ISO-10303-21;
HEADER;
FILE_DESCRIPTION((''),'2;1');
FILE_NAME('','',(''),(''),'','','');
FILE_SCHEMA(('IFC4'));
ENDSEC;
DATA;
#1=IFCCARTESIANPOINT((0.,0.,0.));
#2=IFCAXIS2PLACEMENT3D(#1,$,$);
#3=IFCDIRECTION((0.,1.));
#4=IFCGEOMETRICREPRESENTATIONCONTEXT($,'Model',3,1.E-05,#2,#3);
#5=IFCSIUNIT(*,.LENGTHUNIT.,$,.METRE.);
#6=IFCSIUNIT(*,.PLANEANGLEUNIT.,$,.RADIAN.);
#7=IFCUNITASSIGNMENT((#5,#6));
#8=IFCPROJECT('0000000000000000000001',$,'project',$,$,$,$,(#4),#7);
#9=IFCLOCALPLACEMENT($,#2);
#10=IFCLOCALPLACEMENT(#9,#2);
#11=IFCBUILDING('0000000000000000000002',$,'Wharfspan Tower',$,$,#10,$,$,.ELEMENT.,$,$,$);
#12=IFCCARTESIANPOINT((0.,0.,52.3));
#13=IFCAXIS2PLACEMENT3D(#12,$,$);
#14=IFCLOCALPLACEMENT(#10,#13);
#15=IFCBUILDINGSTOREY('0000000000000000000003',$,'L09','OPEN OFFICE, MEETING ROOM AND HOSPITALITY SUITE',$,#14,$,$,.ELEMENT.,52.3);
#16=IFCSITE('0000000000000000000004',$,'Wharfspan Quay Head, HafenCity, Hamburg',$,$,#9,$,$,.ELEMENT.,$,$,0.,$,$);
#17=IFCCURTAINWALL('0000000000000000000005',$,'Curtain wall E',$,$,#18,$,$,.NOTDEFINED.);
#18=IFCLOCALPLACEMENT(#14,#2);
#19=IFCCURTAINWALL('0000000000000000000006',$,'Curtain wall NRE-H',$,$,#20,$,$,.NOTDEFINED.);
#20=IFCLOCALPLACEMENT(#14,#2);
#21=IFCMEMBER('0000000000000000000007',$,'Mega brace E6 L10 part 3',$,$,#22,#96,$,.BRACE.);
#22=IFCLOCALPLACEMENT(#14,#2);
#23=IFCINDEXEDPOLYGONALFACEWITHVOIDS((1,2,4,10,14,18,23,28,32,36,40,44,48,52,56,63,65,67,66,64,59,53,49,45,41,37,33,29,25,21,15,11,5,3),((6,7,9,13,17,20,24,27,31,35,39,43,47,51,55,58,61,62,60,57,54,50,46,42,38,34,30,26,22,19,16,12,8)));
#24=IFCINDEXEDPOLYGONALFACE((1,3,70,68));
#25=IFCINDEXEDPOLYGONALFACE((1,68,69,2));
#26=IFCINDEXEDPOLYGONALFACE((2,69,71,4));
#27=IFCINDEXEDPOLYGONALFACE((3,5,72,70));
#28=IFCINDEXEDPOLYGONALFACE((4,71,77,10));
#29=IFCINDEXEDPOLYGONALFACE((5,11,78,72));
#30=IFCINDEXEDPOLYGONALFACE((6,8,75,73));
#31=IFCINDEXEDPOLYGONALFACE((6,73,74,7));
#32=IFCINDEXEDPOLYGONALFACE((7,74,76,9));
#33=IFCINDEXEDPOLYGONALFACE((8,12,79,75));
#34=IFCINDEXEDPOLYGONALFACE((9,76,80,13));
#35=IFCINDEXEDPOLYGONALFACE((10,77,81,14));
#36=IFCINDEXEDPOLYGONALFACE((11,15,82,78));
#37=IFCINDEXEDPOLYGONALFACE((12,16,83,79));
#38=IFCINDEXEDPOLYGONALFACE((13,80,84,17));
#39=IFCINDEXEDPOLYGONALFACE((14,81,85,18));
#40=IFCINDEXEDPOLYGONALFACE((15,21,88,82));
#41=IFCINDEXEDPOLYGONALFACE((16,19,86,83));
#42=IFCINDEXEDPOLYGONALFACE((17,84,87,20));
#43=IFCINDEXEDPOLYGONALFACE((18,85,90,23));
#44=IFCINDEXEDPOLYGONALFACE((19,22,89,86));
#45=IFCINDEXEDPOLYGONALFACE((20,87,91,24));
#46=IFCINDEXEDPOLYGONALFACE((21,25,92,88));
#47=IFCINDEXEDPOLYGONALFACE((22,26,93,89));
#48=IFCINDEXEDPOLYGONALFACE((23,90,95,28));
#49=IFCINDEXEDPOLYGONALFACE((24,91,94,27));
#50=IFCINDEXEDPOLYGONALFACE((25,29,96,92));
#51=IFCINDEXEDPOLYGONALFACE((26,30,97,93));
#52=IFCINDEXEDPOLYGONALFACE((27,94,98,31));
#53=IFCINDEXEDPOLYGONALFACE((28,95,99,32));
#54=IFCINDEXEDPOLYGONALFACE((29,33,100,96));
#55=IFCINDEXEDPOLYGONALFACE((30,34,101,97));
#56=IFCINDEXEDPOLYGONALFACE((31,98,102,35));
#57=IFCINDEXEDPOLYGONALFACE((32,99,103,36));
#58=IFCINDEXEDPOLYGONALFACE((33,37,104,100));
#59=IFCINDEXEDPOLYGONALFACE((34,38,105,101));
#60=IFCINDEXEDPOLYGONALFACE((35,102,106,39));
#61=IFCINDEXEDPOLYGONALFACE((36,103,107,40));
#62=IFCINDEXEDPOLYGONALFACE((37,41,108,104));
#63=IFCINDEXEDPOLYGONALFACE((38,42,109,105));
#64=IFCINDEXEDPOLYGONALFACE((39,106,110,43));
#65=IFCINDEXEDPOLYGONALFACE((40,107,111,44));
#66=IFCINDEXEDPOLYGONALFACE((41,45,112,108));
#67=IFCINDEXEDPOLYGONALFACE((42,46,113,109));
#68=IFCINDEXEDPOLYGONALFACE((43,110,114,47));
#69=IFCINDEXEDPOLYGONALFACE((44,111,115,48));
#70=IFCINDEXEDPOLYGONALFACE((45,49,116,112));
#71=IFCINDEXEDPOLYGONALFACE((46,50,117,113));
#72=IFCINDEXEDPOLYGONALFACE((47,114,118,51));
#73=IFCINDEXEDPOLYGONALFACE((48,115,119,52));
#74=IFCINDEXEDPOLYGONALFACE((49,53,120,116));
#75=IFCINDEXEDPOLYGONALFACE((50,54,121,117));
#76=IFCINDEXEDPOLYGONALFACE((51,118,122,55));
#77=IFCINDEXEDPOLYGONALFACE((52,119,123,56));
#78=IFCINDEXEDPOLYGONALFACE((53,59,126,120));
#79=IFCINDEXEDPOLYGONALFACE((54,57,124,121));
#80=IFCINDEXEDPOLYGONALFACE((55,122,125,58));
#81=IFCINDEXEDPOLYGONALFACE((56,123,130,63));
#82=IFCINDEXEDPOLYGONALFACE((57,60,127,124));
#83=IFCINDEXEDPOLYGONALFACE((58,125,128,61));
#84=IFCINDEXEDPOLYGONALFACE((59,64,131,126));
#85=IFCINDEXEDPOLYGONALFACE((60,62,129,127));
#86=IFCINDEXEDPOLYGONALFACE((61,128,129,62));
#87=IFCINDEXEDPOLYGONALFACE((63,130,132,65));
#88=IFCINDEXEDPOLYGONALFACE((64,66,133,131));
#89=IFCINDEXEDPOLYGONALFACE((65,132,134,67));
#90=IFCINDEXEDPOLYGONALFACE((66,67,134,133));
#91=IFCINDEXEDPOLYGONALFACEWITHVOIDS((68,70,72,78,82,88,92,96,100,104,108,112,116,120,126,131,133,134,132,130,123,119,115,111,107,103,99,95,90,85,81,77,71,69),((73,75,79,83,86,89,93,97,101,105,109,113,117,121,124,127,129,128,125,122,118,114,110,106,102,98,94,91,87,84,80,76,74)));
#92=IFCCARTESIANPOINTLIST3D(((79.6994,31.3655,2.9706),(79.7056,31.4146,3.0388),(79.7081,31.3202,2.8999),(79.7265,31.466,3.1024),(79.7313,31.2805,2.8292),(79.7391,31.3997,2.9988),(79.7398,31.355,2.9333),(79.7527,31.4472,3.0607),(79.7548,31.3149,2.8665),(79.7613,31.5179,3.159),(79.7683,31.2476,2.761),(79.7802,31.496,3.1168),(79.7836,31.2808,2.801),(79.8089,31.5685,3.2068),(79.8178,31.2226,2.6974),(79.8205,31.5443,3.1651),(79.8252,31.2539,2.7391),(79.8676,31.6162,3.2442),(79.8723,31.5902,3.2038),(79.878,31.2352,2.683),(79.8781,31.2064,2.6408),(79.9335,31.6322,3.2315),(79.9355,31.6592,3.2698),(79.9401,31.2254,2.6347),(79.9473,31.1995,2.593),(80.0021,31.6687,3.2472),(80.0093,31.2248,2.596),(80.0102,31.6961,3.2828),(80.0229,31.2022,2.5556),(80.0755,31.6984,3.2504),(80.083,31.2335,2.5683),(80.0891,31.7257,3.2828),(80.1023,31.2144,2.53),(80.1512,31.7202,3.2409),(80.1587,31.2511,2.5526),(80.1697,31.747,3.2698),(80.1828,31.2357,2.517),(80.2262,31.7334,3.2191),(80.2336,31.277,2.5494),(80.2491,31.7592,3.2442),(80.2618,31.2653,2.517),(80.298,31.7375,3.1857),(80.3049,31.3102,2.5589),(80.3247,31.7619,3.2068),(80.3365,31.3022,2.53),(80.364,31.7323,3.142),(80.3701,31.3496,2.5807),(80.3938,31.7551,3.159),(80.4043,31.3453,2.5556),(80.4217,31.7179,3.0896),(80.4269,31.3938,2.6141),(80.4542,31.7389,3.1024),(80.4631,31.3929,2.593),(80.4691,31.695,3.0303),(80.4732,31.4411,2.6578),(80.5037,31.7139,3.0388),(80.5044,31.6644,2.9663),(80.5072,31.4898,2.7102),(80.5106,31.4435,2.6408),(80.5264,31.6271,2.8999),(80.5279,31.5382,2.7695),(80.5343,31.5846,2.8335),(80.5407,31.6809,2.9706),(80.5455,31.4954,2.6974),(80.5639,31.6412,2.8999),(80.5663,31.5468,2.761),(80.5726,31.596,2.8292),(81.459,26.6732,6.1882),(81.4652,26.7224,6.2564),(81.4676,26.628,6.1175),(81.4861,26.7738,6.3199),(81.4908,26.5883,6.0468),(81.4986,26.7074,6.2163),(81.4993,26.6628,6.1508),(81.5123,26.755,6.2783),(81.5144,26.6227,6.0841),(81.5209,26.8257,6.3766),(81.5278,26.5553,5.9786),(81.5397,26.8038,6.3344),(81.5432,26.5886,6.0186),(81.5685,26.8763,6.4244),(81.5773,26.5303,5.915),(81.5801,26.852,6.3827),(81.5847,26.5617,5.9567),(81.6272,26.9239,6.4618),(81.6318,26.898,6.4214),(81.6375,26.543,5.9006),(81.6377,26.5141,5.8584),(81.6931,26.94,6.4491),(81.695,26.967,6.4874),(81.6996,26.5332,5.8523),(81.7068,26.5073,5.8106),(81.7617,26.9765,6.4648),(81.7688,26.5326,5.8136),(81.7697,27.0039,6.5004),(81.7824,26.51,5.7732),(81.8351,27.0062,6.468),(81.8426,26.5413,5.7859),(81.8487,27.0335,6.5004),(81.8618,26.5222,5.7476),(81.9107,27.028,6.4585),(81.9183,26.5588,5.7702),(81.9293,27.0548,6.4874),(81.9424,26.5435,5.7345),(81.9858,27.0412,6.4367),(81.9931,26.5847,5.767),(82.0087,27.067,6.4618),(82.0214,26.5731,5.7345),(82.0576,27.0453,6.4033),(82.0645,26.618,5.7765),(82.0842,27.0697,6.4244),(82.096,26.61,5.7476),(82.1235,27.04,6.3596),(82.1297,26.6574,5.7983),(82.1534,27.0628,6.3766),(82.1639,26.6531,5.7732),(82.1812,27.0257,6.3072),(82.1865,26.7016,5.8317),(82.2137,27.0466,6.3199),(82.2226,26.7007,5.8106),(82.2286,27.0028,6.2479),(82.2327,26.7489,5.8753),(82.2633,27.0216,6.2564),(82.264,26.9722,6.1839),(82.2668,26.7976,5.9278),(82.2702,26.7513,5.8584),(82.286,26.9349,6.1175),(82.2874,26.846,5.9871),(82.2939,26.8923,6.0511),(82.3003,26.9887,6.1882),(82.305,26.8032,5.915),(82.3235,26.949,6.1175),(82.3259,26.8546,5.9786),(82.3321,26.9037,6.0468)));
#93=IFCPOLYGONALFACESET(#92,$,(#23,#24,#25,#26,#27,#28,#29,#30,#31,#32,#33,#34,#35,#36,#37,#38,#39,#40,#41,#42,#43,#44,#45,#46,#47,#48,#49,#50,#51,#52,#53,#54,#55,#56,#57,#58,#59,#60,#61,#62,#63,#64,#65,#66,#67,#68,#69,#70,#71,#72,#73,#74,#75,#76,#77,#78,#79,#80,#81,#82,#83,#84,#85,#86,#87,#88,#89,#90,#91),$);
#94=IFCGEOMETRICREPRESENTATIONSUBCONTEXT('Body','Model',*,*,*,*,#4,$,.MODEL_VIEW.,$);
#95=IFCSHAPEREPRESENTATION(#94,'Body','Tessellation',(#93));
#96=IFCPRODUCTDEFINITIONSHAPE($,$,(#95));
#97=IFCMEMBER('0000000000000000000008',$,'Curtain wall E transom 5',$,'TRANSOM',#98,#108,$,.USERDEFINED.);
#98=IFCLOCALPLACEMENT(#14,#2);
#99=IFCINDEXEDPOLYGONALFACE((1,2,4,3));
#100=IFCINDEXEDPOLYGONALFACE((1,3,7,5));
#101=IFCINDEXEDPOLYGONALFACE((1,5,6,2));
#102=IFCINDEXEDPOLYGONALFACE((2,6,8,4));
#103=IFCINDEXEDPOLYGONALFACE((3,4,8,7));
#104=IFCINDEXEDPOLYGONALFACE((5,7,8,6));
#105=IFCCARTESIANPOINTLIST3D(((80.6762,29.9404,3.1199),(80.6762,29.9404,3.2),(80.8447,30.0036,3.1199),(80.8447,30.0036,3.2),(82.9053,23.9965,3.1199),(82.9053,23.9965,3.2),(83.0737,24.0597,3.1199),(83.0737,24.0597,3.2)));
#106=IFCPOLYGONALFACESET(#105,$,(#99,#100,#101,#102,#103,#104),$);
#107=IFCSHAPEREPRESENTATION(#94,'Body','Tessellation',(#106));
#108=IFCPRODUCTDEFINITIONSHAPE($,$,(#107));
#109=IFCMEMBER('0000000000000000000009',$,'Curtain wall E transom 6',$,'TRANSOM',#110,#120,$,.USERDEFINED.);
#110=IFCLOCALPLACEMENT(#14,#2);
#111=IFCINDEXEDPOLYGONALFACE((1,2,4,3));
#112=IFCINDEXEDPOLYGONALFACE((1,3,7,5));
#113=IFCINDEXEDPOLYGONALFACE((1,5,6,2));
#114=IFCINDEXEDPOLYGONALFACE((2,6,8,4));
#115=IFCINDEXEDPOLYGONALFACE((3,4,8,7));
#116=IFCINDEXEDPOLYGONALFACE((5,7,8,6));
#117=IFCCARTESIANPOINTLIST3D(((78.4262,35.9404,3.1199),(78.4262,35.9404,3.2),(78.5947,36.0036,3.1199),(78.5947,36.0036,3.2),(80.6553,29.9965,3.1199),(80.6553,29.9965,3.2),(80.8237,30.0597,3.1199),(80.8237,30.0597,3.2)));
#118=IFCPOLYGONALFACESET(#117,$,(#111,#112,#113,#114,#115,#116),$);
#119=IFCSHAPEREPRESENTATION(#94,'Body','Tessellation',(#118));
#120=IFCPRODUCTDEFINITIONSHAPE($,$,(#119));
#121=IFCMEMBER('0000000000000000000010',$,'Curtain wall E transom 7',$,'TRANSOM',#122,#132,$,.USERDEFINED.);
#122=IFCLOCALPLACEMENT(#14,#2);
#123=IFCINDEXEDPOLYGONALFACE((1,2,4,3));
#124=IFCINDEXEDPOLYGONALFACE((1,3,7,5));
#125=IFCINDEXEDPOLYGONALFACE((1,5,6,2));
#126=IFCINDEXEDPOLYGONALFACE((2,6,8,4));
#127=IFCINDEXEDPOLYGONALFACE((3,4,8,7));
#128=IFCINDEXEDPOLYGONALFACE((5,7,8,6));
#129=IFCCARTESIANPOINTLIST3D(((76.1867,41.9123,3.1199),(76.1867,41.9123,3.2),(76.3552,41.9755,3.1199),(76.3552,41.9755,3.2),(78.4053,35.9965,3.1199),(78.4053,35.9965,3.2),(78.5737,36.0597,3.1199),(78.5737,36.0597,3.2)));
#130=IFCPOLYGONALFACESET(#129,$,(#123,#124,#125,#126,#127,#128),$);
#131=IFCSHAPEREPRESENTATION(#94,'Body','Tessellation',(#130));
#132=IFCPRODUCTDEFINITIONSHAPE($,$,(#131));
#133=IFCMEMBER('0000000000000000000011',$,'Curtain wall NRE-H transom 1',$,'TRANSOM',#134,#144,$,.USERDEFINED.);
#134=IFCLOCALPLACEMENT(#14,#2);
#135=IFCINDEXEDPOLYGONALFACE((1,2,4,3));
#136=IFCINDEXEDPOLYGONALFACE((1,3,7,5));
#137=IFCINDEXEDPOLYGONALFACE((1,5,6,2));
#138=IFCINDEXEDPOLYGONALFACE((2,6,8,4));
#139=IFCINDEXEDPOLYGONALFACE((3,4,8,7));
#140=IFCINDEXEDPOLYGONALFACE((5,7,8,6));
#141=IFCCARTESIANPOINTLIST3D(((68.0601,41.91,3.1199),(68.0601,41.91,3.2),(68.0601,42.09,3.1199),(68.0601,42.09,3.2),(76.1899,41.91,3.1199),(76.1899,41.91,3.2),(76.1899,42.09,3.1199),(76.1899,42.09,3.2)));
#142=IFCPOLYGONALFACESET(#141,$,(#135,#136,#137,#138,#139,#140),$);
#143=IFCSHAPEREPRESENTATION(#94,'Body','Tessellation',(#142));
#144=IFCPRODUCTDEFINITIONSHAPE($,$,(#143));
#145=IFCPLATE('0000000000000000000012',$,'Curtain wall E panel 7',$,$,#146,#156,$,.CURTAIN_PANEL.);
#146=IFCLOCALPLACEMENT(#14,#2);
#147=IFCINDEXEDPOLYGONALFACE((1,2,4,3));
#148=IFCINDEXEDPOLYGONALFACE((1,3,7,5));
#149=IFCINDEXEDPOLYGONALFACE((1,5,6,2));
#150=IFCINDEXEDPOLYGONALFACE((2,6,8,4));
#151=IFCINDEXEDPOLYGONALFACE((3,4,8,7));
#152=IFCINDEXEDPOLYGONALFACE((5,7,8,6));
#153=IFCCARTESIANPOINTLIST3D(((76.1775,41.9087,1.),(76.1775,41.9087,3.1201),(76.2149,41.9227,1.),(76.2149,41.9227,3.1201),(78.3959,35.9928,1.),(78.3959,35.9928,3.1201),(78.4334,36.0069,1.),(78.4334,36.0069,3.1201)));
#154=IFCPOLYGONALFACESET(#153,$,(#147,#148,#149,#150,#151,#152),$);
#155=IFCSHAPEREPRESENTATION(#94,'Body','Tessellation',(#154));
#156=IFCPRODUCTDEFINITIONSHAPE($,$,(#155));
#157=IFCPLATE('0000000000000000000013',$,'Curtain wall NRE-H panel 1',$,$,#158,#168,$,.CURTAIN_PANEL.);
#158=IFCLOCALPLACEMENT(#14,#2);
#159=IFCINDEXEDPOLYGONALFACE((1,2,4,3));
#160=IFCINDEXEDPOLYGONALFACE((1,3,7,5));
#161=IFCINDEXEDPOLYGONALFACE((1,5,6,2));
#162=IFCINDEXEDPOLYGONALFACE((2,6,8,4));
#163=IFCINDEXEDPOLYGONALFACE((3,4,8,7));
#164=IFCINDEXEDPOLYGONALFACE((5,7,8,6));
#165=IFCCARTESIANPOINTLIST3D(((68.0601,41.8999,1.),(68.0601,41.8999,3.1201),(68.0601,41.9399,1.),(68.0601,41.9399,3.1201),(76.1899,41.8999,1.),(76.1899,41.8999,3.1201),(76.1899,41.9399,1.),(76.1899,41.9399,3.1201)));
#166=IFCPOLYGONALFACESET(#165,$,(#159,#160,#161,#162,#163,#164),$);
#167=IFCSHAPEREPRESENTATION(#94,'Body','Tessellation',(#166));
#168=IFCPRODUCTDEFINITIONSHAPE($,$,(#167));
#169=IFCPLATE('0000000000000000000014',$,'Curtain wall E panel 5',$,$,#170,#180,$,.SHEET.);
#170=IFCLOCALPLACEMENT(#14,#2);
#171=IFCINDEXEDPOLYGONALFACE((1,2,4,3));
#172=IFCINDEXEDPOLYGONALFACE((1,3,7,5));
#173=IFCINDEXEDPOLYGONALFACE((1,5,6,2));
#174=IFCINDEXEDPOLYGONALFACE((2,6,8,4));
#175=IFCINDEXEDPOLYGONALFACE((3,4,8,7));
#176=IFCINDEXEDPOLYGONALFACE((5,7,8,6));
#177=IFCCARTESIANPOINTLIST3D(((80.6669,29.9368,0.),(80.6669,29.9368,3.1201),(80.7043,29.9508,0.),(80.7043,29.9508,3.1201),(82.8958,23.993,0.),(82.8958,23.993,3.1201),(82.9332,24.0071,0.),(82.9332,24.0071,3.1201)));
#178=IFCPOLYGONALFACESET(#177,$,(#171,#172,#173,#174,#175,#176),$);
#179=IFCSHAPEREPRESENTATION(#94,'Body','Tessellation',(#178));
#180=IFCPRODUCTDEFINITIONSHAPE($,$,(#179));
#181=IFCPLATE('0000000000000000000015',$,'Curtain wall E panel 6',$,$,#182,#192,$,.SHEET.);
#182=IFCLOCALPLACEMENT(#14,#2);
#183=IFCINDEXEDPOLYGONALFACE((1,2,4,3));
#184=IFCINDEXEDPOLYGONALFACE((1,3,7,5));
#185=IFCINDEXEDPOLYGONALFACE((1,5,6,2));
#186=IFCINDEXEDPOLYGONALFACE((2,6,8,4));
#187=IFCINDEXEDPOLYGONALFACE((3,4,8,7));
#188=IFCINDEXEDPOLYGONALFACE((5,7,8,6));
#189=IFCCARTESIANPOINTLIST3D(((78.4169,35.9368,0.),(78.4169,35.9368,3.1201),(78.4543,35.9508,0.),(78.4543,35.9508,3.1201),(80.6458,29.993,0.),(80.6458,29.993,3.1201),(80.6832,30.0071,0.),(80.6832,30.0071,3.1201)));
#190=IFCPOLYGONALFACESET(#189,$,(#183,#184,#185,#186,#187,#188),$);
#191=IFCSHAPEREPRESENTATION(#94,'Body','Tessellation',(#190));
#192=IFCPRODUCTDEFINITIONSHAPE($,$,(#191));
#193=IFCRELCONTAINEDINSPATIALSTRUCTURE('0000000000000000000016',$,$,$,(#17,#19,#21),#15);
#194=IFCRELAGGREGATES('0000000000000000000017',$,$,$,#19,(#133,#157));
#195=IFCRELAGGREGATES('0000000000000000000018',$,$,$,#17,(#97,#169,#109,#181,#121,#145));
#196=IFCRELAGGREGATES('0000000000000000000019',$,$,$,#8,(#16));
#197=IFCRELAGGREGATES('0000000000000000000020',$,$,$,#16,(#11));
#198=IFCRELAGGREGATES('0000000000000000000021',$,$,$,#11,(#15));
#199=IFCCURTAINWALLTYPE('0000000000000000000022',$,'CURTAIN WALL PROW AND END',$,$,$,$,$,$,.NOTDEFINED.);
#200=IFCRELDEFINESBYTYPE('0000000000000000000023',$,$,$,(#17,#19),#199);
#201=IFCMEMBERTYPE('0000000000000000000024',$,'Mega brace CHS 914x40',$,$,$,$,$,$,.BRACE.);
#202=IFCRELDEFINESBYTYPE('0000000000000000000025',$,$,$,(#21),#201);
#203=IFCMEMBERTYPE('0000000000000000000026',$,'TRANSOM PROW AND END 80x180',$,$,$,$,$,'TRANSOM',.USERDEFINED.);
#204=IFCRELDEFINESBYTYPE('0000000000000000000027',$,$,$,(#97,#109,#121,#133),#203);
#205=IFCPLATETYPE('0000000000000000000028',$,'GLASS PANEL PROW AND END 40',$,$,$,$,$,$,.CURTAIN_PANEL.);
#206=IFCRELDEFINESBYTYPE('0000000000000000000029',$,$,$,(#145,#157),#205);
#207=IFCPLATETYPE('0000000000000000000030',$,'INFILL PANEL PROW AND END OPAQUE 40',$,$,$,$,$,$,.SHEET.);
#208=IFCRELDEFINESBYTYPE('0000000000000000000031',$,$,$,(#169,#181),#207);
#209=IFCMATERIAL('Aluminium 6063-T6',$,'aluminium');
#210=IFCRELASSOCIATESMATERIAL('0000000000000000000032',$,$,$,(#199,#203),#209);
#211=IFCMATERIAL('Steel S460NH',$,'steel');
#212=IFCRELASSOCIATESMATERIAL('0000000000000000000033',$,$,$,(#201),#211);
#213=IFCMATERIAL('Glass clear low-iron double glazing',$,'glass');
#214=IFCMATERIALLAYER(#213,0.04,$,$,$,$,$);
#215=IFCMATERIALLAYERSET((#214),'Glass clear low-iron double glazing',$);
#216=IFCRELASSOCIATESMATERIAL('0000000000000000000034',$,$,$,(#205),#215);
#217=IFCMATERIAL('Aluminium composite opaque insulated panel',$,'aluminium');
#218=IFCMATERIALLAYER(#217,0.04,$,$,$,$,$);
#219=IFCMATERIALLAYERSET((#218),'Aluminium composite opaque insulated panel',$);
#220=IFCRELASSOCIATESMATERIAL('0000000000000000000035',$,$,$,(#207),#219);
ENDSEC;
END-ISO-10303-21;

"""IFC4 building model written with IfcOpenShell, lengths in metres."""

from ifc_helpers import new_model, si_unit, direction, frame, origin, origin_2d, place, context, subcontext, project, spatial, rectangle, hollow_circle, extrude, material, layer, layer_set, material_profile, profile_set, type_object, element, aggregate, save


model = new_model("IFC4")

# Units and contexts
model_context = context("Model", 3, precision=1e-05, world=origin(), true_north=direction((0.0, 1.0)))
body_context = subcontext(model_context, "Body", "Model", "MODEL_VIEW")
ifc_project = project(units=[si_unit("LENGTHUNIT", "METRE"), si_unit("PLANEANGLEUNIT", "RADIAN")], contexts=[model_context])

# Site, building, storey
site_placement = place(None, origin())
site = spatial("IfcSite", under=ifc_project, at=site_placement, Name="Wharfspan Quay Head, HafenCity, Hamburg", CompositionType="ELEMENT", RefElevation=0.0)
building_placement = place(site_placement, origin())
building = spatial("IfcBuilding", under=site, at=building_placement, Name="Wharfspan Tower", CompositionType="ELEMENT")
storey_placement = place(building_placement, frame((0.0, 0.0, 52.3)))
storey = spatial("IfcBuildingStorey", under=building, at=storey_placement, Name="L09", Description="OPEN OFFICE, MEETING ROOM AND HOSPITALITY SUITE", CompositionType="ELEMENT", Elevation=52.3)

# Curtain wall
ifc_material_1 = material(Name="Aluminium 6063-T6", Category="aluminium")
curtain_wall_type = type_object("IfcCurtainWallType", Name="CURTAIN WALL PROW AND END", PredefinedType="NOTDEFINED", material=ifc_material_1)
curtain_wall_1_placement = place(storey_placement, origin())
curtain_wall_1 = element("IfcCurtainWall", 1, at=curtain_wall_1_placement, inside=storey, type_object=curtain_wall_type, Name="Curtain wall E", PredefinedType="NOTDEFINED")

# Curtain wall
curtain_wall_2_placement = place(storey_placement, origin())
curtain_wall_2 = element("IfcCurtainWall", 2, at=curtain_wall_2_placement, inside=storey, type_object=curtain_wall_type, Name="Curtain wall NRE-H", PredefinedType="NOTDEFINED")

# Members
ifc_material_2 = material(Name="Steel S460NH", Category="steel")
ifc_material_profile_1 = material_profile(ifc_material_2, hollow_circle(Radius=0.457, WallThickness=0.04, at=origin_2d()))
ifc_profile_set_1 = profile_set([ifc_material_profile_1], Name="Steel S460NH")
member_type_1 = type_object("IfcMemberType", Name="Mega brace CHS 914x40", PredefinedType="BRACE", material=ifc_profile_set_1)
member_1_placement = place(storey_placement, frame((80.136, 31.4807, 2.8999), z_axis=(0.295459, -0.787904, 0.540288), x_axis=(0.936328, 0.351115, -0.000003)))
element("IfcMember", 3, at=member_1_placement, inside=storey, type_object=member_type_1, Name="Mega brace E6 L10 part 3", PredefinedType="BRACE", context=body_context, shape_type="SweptSolid", body=[
    extrude(hollow_circle(Radius=0.457, WallThickness=0.04, at=origin_2d()), origin(), (0.0, 0.0, 1.0), 5.9553),
])
ifc_material_profile_2 = material_profile(ifc_material_1, rectangle(XDim=0.1799, YDim=0.0801, at=origin_2d()))
ifc_profile_set_2 = profile_set([ifc_material_profile_2], Name="Aluminium 6063-T6")
member_type_2 = type_object("IfcMemberType", Name="TRANSOM PROW AND END 80x180", ElementType="TRANSOM", PredefinedType="USERDEFINED", material=ifc_profile_set_2)
member_2_placement = place(storey_placement, frame((82.9895, 24.0281, 3.1599), z_axis=(-0.351132, 0.936326, 0.0), x_axis=(-0.936326, -0.351132, 0.0)))
member_2 = element("IfcMember", 4, at=member_2_placement, type_object=member_type_2, Name="Curtain wall E transom 5", ObjectType="TRANSOM", PredefinedType="USERDEFINED", context=body_context, shape_type="SweptSolid", body=[
    extrude(rectangle(XDim=0.1799, YDim=0.0801, at=origin_2d()), origin(), (0.0, 0.0, 1.0), 6.3481),
])
member_3_placement = place(storey_placement, frame((80.7395, 30.0281, 3.1599), z_axis=(-0.351132, 0.936326, 0.0), x_axis=(-0.936326, -0.351132, 0.0)))
member_3 = element("IfcMember", 5, at=member_3_placement, type_object=member_type_2, Name="Curtain wall E transom 6", ObjectType="TRANSOM", PredefinedType="USERDEFINED", context=body_context, shape_type="SweptSolid", body=[
    extrude(rectangle(XDim=0.1799, YDim=0.0801, at=origin_2d()), origin(), (0.0, 0.0, 1.0), 6.3481),
])
member_4_placement = place(storey_placement, frame((78.4895, 36.0281, 3.1599), z_axis=(-0.351136, 0.936324, 0.0), x_axis=(-0.936324, -0.351136, 0.0)))
member_4 = element("IfcMember", 6, at=member_4_placement, type_object=member_type_2, Name="Curtain wall E transom 7", ObjectType="TRANSOM", PredefinedType="USERDEFINED", context=body_context, shape_type="SweptSolid", body=[
    extrude(rectangle(XDim=0.1799, YDim=0.0801, at=origin_2d()), origin(), (0.0, 0.0, 1.0), 6.3181),
])
member_5_placement = place(storey_placement, frame((76.1899, 42.0, 3.1599), z_axis=(-1.0, 0.0, 0.0), x_axis=(0.0, -1.0, 0.0)))
member_5 = element("IfcMember", 7, at=member_5_placement, type_object=member_type_2, Name="Curtain wall NRE-H transom 1", ObjectType="TRANSOM", PredefinedType="USERDEFINED", context=body_context, shape_type="SweptSolid", body=[
    extrude(rectangle(XDim=0.1799, YDim=0.0801, at=origin_2d()), origin(), (0.0, 0.0, 1.0), 8.1299),
])

# Plates
ifc_material_3 = material(Name="Glass clear low-iron double glazing", Category="glass")
ifc_layer_1 = layer(ifc_material_3, 0.04)
ifc_layer_set_1 = layer_set([ifc_layer_1], Name="Glass clear low-iron double glazing")
plate_type_1 = type_object("IfcPlateType", Name="GLASS PANEL PROW AND END 40", PredefinedType="CURTAIN_PANEL", material=ifc_layer_set_1)
plate_1_placement = place(storey_placement, frame((77.3054, 38.9578, 1.0), z_axis=(0.0, 0.0, 1.0), x_axis=(-0.351123, 0.936328, 0.0)))
plate_1 = element("IfcPlate", 8, at=plate_1_placement, type_object=plate_type_1, Name="Curtain wall E panel 7", PredefinedType="CURTAIN_PANEL", context=body_context, shape_type="SweptSolid", body=[
    extrude(rectangle(XDim=6.3181, YDim=0.04, at=origin_2d()), origin(), (0.0, 0.0, 1.0), 2.1201),
])
plate_2_placement = place(storey_placement, frame((72.125, 41.9199, 1.0), z_axis=(0.0, 0.0, 1.0), x_axis=(-1.0, 0.0, 0.0)))
plate_2 = element("IfcPlate", 9, at=plate_2_placement, type_object=plate_type_1, Name="Curtain wall NRE-H panel 1", PredefinedType="CURTAIN_PANEL", context=body_context, shape_type="SweptSolid", body=[
    extrude(rectangle(XDim=8.1299, YDim=0.04, at=origin_2d()), origin(), (0.0, 0.0, 1.0), 2.1201),
])
aggregate(curtain_wall_2, [member_5, plate_2])
ifc_material_4 = material(Name="Aluminium composite opaque insulated panel", Category="aluminium")
ifc_layer_2 = layer(ifc_material_4, 0.04)
ifc_layer_set_2 = layer_set([ifc_layer_2], Name="Aluminium composite opaque insulated panel")
plate_type_2 = type_object("IfcPlateType", Name="INFILL PANEL PROW AND END OPAQUE 40", PredefinedType="SHEET", material=ifc_layer_set_2)
plate_3_placement = place(storey_placement, frame((81.8, 26.9719, 0.0), z_axis=(0.0, 0.0, 1.0), x_axis=(-0.351123, 0.936328, 0.0)))
plate_3 = element("IfcPlate", 10, at=plate_3_placement, type_object=plate_type_2, Name="Curtain wall E panel 5", PredefinedType="SHEET", context=body_context, shape_type="SweptSolid", body=[
    extrude(rectangle(XDim=6.3479, YDim=0.04, at=origin_2d()), origin(), (0.0, 0.0, 1.0), 3.1201),
])
plate_4_placement = place(storey_placement, frame((79.55, 32.9719, 0.0), z_axis=(0.0, 0.0, 1.0), x_axis=(-0.351123, 0.936328, 0.0)))
plate_4 = element("IfcPlate", 11, at=plate_4_placement, type_object=plate_type_2, Name="Curtain wall E panel 6", PredefinedType="SHEET", context=body_context, shape_type="SweptSolid", body=[
    extrude(rectangle(XDim=6.3479, YDim=0.04, at=origin_2d()), origin(), (0.0, 0.0, 1.0), 3.1201),
])
aggregate(curtain_wall_1, [member_2, plate_3, member_3, plate_4, member_4, plate_1])

save(model, "model.ifc")
